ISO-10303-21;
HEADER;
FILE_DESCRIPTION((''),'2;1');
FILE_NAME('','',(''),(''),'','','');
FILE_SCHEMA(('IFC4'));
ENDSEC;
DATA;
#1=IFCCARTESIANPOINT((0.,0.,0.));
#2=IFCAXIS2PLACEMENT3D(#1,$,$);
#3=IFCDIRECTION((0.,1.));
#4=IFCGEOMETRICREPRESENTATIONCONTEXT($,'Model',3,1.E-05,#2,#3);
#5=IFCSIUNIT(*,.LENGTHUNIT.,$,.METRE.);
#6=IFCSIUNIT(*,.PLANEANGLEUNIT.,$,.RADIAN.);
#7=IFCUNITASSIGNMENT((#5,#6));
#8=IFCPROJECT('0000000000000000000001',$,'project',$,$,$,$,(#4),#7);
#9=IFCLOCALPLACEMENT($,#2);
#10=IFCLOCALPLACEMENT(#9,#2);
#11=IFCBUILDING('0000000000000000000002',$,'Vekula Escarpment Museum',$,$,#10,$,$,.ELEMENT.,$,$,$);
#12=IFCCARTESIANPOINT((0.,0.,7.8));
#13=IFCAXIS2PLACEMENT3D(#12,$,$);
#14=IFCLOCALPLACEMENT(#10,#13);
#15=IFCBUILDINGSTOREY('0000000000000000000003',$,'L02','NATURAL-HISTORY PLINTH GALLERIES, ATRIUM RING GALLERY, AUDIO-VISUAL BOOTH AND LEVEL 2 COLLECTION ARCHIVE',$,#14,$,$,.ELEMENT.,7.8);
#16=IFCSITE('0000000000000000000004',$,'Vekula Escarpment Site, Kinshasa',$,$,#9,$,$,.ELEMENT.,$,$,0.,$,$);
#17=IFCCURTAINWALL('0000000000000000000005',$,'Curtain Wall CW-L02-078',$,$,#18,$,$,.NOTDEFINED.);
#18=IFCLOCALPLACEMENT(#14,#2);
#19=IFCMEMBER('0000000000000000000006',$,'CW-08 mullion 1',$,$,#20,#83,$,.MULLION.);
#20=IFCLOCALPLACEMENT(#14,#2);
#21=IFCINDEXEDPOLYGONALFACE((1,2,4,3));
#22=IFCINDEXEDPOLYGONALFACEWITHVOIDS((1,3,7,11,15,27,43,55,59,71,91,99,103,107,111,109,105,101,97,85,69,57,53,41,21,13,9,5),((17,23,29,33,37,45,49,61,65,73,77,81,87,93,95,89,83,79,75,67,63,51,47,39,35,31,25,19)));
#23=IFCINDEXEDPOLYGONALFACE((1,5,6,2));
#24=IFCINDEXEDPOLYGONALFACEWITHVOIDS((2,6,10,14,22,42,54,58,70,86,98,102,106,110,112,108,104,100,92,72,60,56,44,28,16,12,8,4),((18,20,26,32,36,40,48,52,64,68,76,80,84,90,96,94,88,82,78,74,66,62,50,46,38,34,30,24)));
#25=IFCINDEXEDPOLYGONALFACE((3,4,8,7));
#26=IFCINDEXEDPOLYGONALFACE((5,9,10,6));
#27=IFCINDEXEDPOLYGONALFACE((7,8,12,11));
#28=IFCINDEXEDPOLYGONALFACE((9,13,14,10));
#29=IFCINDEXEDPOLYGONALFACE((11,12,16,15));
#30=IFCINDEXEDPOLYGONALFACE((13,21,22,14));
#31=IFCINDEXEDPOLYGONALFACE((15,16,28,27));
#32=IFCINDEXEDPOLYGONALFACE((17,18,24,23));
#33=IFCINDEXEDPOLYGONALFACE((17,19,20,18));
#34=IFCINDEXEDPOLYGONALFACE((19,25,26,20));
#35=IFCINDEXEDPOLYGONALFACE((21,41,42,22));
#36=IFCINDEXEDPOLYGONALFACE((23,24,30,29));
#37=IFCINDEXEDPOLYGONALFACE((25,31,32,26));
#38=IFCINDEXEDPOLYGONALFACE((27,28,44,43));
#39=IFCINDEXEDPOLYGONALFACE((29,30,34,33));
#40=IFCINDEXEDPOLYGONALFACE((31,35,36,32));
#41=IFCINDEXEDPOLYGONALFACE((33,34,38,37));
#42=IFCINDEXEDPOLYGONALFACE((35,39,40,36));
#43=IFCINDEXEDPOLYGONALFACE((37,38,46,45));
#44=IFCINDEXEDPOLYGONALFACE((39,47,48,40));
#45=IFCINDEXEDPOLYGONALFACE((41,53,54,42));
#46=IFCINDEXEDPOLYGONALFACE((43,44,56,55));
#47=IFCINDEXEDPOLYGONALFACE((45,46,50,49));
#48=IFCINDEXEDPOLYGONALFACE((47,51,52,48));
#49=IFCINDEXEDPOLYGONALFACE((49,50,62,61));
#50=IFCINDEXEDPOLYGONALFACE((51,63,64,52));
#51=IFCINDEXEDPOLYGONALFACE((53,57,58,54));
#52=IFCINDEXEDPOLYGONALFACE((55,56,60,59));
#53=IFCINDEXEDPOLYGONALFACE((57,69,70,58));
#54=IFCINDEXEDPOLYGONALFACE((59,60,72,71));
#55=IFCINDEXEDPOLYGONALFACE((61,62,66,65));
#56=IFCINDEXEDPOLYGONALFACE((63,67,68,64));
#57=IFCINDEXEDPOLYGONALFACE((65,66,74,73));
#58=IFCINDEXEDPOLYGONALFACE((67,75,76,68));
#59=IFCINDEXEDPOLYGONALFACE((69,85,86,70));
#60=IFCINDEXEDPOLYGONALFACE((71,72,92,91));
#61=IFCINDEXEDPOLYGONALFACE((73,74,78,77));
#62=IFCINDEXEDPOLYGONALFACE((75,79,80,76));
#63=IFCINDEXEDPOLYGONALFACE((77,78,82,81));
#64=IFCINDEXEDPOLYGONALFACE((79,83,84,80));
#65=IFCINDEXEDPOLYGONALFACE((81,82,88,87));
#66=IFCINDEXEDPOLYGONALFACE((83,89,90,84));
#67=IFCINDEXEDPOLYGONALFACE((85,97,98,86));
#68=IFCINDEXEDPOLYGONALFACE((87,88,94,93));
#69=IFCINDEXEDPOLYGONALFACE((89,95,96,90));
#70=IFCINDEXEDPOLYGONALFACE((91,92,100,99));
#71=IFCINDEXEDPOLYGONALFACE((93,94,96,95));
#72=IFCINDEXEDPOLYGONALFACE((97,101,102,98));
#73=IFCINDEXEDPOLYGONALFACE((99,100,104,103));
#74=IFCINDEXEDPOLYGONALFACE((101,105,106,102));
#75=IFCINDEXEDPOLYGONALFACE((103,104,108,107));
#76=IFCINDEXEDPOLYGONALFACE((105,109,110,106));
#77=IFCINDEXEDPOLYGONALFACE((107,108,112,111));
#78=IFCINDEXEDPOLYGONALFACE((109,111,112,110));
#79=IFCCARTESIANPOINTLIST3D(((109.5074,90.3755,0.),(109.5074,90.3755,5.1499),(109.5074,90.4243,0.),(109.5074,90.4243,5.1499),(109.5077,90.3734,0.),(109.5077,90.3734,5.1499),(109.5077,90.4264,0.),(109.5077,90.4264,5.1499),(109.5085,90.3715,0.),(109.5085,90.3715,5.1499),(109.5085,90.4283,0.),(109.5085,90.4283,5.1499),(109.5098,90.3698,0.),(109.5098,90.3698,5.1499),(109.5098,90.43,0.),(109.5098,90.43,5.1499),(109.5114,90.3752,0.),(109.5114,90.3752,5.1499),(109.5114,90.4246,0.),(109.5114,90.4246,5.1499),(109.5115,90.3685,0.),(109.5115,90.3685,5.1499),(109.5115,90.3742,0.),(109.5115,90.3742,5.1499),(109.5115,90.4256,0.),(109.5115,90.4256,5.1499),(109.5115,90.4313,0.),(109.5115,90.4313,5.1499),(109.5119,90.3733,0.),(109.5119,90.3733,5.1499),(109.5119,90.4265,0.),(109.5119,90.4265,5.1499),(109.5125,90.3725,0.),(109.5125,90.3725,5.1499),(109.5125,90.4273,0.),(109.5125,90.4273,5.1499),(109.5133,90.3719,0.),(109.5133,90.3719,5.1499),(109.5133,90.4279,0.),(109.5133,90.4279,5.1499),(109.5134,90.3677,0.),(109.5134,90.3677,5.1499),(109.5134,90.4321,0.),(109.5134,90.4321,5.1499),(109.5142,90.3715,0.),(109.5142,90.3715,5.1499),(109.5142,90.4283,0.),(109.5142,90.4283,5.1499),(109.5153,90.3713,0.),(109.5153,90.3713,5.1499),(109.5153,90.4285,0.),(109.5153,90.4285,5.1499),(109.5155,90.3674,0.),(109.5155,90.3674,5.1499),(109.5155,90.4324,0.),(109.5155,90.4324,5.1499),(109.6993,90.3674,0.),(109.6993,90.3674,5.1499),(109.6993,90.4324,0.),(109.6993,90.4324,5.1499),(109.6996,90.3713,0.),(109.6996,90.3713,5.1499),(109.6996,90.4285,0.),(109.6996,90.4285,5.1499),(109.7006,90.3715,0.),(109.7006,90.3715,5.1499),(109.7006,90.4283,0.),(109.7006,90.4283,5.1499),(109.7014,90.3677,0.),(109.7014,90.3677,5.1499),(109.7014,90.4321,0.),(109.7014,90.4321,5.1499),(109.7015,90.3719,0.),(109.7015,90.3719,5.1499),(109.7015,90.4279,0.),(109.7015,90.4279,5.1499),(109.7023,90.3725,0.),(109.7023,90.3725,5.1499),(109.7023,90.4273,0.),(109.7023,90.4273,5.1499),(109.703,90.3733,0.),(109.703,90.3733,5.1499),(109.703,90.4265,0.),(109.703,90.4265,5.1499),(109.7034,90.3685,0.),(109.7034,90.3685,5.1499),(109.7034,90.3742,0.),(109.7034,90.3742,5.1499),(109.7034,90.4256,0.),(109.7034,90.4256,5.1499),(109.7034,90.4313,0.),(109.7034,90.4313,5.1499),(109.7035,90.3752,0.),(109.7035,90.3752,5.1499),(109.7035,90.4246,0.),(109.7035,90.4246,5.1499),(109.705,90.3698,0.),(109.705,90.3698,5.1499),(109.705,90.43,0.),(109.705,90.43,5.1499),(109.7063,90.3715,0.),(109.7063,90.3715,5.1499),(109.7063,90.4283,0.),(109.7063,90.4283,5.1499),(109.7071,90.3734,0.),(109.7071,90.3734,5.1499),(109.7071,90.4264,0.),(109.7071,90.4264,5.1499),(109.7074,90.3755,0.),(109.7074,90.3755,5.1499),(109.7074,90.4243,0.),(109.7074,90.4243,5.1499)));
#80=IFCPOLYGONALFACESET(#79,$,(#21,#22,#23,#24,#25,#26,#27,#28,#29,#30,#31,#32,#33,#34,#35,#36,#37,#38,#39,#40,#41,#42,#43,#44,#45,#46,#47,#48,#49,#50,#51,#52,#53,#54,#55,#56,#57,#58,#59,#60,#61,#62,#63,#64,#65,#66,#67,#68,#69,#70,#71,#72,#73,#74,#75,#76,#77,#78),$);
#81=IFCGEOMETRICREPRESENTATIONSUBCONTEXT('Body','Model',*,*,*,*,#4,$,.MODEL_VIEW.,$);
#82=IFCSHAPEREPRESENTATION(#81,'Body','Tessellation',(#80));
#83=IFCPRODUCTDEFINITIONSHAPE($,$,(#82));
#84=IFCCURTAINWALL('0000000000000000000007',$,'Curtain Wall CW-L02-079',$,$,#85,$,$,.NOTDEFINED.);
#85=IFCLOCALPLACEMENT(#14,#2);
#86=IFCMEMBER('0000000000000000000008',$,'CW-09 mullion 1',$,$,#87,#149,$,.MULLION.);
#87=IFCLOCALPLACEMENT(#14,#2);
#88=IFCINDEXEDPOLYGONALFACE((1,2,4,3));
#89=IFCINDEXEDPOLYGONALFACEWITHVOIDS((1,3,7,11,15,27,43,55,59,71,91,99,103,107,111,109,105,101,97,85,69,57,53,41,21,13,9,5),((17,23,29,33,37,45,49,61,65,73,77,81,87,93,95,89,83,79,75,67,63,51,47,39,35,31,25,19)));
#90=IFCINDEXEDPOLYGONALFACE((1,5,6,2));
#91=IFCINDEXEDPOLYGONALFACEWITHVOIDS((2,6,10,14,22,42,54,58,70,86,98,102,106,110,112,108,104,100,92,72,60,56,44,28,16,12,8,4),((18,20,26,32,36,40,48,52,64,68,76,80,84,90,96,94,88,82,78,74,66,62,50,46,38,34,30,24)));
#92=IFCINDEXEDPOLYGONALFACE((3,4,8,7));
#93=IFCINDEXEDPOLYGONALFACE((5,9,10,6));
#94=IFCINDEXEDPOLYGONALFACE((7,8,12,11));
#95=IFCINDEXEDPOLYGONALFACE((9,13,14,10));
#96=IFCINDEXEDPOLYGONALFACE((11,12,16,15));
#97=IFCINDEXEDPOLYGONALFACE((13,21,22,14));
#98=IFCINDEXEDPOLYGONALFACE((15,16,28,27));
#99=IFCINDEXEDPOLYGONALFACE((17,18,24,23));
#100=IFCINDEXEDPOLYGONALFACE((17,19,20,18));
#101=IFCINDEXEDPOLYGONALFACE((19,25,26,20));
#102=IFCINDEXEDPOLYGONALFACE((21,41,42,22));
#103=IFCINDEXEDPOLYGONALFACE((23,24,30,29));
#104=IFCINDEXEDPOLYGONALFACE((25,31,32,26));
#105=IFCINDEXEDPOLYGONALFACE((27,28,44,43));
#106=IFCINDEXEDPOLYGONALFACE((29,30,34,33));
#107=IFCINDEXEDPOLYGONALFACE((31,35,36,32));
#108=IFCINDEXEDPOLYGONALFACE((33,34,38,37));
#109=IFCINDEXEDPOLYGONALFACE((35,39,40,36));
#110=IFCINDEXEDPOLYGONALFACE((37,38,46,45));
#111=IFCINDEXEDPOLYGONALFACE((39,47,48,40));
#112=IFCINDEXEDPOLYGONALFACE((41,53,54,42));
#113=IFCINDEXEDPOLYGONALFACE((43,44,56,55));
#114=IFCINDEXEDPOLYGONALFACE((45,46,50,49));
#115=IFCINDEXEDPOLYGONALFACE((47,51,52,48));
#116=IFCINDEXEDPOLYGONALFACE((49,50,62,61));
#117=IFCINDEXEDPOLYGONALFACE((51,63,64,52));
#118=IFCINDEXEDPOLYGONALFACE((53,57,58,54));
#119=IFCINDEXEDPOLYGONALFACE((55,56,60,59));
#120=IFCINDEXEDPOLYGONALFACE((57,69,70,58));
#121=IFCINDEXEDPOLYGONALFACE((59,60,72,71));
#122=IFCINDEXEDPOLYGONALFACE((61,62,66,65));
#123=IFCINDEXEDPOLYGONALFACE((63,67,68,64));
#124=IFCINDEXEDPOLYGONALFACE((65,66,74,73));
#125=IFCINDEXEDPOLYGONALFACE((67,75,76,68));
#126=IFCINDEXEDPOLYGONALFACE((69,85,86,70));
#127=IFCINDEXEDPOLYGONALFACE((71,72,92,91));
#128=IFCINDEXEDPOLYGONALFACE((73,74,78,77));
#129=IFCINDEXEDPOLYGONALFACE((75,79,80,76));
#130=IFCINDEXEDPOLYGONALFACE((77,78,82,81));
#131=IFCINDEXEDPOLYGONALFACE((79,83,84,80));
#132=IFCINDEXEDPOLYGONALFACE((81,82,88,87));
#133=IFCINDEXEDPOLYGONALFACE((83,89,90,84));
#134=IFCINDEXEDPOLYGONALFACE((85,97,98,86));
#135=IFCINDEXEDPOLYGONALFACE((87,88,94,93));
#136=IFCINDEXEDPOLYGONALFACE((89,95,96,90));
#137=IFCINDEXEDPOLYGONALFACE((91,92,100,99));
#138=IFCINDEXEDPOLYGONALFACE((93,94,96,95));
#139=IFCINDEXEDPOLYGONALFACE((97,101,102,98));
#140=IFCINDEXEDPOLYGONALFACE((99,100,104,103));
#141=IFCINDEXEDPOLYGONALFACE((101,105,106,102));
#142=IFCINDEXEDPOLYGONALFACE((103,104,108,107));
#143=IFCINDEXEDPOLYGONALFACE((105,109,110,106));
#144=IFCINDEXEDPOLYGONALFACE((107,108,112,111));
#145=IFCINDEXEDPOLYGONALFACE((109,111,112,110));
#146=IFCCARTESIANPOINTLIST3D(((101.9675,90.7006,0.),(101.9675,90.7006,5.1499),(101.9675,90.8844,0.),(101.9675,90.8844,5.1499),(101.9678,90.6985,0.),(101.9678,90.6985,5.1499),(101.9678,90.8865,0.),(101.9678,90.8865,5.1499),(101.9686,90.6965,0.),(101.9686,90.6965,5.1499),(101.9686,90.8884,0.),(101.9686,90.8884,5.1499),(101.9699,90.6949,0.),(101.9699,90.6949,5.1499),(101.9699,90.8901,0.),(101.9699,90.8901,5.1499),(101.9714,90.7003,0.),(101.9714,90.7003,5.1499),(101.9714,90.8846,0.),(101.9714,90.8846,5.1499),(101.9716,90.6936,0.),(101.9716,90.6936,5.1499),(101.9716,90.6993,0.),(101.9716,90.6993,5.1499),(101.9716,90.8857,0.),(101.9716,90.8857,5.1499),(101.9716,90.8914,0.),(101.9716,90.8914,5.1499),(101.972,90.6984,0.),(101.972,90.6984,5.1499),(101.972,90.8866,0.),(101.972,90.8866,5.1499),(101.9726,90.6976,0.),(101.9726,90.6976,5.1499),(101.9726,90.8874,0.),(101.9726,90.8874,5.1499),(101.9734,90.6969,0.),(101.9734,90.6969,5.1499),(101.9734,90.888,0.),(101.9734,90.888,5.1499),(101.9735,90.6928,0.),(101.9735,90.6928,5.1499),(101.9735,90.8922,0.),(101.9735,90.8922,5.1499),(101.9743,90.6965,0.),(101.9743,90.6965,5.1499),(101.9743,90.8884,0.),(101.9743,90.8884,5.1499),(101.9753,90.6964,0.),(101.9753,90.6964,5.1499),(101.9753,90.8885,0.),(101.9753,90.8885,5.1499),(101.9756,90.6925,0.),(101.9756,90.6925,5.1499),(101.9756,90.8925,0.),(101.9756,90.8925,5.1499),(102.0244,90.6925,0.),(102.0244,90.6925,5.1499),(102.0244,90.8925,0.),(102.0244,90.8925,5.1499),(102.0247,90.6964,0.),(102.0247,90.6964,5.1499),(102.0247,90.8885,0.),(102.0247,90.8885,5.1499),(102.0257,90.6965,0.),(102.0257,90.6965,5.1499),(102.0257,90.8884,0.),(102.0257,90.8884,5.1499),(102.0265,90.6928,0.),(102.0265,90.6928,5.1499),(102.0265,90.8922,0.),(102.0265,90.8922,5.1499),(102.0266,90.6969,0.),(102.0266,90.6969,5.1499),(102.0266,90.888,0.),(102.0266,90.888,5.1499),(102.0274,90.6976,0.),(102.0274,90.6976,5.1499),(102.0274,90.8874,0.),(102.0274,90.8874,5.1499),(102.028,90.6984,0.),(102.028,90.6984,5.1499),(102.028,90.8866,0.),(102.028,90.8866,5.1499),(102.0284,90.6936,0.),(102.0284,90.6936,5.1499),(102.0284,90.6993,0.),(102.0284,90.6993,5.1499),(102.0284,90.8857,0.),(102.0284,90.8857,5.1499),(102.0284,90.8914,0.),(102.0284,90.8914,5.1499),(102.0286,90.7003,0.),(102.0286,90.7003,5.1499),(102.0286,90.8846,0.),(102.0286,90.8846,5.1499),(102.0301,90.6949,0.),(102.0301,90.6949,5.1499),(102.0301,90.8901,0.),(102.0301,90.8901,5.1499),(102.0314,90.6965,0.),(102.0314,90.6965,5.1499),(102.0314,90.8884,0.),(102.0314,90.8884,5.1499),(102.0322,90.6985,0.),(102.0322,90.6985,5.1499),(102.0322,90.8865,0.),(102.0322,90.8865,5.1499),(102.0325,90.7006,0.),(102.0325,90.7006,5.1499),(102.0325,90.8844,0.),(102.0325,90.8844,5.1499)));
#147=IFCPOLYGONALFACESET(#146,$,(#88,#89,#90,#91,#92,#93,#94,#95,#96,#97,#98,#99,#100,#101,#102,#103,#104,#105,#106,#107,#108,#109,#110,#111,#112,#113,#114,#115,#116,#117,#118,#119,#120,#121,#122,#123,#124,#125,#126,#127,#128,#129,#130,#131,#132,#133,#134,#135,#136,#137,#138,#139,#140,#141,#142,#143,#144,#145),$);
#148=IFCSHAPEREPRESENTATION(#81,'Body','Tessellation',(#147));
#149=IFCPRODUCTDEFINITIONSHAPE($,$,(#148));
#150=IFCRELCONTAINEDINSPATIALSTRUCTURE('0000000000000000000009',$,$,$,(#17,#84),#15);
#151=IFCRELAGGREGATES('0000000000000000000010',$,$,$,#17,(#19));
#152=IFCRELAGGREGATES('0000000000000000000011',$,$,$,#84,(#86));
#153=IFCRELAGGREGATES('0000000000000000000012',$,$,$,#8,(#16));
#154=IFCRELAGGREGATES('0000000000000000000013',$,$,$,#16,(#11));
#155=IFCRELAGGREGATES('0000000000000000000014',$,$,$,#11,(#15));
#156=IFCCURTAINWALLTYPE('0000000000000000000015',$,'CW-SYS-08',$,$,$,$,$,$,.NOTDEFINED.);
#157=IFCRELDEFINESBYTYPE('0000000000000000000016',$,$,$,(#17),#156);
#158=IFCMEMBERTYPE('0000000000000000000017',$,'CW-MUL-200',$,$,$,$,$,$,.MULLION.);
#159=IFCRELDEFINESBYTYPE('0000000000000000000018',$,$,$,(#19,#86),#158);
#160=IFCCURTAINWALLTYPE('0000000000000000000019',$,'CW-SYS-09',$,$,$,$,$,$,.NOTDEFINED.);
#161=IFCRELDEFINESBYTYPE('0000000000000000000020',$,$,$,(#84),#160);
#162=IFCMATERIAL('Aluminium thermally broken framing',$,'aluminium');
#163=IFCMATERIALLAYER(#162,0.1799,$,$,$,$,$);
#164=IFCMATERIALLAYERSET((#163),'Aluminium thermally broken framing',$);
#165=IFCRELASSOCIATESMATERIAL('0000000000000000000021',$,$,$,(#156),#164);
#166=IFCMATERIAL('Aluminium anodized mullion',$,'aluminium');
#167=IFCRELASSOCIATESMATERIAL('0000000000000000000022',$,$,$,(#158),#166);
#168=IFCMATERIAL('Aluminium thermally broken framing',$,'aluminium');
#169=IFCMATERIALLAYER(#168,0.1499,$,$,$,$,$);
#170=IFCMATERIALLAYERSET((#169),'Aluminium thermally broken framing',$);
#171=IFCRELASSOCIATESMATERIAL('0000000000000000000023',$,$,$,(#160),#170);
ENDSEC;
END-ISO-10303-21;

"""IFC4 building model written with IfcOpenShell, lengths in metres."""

from ifc_helpers import new_model, si_unit, direction, frame, origin, origin_2d, place, context, subcontext, project, spatial, hollow_rectangle, extrude, material, layer, layer_set, material_profile, profile_set, type_object, element, aggregate, save


model = new_model("IFC4")

# Units and contexts
model_context = context("Model", 3, precision=1e-05, world=origin(), true_north=direction((0.0, 1.0)))
body_context = subcontext(model_context, "Body", "Model", "MODEL_VIEW")
ifc_project = project(units=[si_unit("LENGTHUNIT", "METRE"), si_unit("PLANEANGLEUNIT", "RADIAN")], contexts=[model_context])

# Site, building, storey
site_placement = place(None, origin())
site = spatial("IfcSite", under=ifc_project, at=site_placement, Name="Vekula Escarpment Site, Kinshasa", CompositionType="ELEMENT", RefElevation=0.0)
building_placement = place(site_placement, origin())
building = spatial("IfcBuilding", under=site, at=building_placement, Name="Vekula Escarpment Museum", CompositionType="ELEMENT")
storey_placement = place(building_placement, frame((0.0, 0.0, 7.8)))
storey = spatial("IfcBuildingStorey", under=building, at=storey_placement, Name="L02", Description="NATURAL-HISTORY PLINTH GALLERIES, ATRIUM RING GALLERY, AUDIO-VISUAL BOOTH AND LEVEL 2 COLLECTION ARCHIVE", CompositionType="ELEMENT", Elevation=7.8)

# Curtain wall, member
ifc_material_1 = material(Name="Aluminium thermally broken framing", Category="aluminium")
ifc_layer_1 = layer(ifc_material_1, 0.1799)
ifc_layer_set_1 = layer_set([ifc_layer_1], Name="Aluminium thermally broken framing")
curtain_wall_type_1 = type_object("IfcCurtainWallType", Name="CW-SYS-08", PredefinedType="NOTDEFINED", material=ifc_layer_set_1)
curtain_wall_1_placement = place(storey_placement, origin())
curtain_wall_1 = element("IfcCurtainWall", 1, at=curtain_wall_1_placement, inside=storey, type_object=curtain_wall_type_1, Name="Curtain Wall CW-L02-078", PredefinedType="NOTDEFINED")
ifc_material_2 = material(Name="Aluminium anodized mullion", Category="aluminium")
ifc_material_profile_1 = material_profile(ifc_material_2, hollow_rectangle(XDim=0.0649, YDim=0.2, WallThickness=0.0039, InnerFilletRadius=0.0039, OuterFilletRadius=0.0081, at=origin_2d()), Name="ALU 200x65x4")
ifc_profile_set_1 = profile_set([ifc_material_profile_1], Name="Aluminium anodized mullion")
member_type_1 = type_object("IfcMemberType", Name="CW-MUL-200", PredefinedType="MULLION", material=ifc_profile_set_1)
member_1_placement = place(storey_placement, frame((109.6074, 90.3999, 0.0), z_axis=(0.0, 0.0, 1.0), x_axis=(0.0, -1.0, 0.0)))
member_1 = element("IfcMember", 2, at=member_1_placement, type_object=member_type_1, Name="CW-08 mullion 1", PredefinedType="MULLION", context=body_context, shape_type="SweptSolid", body=[
    extrude(hollow_rectangle(XDim=0.0649, YDim=0.2, WallThickness=0.0039, InnerFilletRadius=0.0039, OuterFilletRadius=0.0081, at=origin_2d()), origin(), (0.0, 0.0, 1.0), 5.1499),
])

# Curtain wall, member
ifc_material_3 = material(Name="Aluminium thermally broken framing", Category="aluminium")
ifc_layer_2 = layer(ifc_material_3, 0.1499)
ifc_layer_set_2 = layer_set([ifc_layer_2], Name="Aluminium thermally broken framing")
curtain_wall_type_2 = type_object("IfcCurtainWallType", Name="CW-SYS-09", PredefinedType="NOTDEFINED", material=ifc_layer_set_2)
curtain_wall_2_placement = place(storey_placement, origin())
curtain_wall_2 = element("IfcCurtainWall", 3, at=curtain_wall_2_placement, inside=storey, type_object=curtain_wall_type_2, Name="Curtain Wall CW-L02-079", PredefinedType="NOTDEFINED")
member_2_placement = place(storey_placement, frame((102.0, 90.7925, 0.0), z_axis=(0.0, 0.0, 1.0), x_axis=(-1.0, 0.0, 0.0)))
member_2 = element("IfcMember", 4, at=member_2_placement, type_object=member_type_1, Name="CW-09 mullion 1", PredefinedType="MULLION", context=body_context, shape_type="SweptSolid", body=[
    extrude(hollow_rectangle(XDim=0.0649, YDim=0.2, WallThickness=0.0039, InnerFilletRadius=0.0039, OuterFilletRadius=0.0081, at=origin_2d()), origin(), (0.0, 0.0, 1.0), 5.1499),
])

aggregate(curtain_wall_1, [member_1])
aggregate(curtain_wall_2, [member_2])

save(model, "model.ifc")
